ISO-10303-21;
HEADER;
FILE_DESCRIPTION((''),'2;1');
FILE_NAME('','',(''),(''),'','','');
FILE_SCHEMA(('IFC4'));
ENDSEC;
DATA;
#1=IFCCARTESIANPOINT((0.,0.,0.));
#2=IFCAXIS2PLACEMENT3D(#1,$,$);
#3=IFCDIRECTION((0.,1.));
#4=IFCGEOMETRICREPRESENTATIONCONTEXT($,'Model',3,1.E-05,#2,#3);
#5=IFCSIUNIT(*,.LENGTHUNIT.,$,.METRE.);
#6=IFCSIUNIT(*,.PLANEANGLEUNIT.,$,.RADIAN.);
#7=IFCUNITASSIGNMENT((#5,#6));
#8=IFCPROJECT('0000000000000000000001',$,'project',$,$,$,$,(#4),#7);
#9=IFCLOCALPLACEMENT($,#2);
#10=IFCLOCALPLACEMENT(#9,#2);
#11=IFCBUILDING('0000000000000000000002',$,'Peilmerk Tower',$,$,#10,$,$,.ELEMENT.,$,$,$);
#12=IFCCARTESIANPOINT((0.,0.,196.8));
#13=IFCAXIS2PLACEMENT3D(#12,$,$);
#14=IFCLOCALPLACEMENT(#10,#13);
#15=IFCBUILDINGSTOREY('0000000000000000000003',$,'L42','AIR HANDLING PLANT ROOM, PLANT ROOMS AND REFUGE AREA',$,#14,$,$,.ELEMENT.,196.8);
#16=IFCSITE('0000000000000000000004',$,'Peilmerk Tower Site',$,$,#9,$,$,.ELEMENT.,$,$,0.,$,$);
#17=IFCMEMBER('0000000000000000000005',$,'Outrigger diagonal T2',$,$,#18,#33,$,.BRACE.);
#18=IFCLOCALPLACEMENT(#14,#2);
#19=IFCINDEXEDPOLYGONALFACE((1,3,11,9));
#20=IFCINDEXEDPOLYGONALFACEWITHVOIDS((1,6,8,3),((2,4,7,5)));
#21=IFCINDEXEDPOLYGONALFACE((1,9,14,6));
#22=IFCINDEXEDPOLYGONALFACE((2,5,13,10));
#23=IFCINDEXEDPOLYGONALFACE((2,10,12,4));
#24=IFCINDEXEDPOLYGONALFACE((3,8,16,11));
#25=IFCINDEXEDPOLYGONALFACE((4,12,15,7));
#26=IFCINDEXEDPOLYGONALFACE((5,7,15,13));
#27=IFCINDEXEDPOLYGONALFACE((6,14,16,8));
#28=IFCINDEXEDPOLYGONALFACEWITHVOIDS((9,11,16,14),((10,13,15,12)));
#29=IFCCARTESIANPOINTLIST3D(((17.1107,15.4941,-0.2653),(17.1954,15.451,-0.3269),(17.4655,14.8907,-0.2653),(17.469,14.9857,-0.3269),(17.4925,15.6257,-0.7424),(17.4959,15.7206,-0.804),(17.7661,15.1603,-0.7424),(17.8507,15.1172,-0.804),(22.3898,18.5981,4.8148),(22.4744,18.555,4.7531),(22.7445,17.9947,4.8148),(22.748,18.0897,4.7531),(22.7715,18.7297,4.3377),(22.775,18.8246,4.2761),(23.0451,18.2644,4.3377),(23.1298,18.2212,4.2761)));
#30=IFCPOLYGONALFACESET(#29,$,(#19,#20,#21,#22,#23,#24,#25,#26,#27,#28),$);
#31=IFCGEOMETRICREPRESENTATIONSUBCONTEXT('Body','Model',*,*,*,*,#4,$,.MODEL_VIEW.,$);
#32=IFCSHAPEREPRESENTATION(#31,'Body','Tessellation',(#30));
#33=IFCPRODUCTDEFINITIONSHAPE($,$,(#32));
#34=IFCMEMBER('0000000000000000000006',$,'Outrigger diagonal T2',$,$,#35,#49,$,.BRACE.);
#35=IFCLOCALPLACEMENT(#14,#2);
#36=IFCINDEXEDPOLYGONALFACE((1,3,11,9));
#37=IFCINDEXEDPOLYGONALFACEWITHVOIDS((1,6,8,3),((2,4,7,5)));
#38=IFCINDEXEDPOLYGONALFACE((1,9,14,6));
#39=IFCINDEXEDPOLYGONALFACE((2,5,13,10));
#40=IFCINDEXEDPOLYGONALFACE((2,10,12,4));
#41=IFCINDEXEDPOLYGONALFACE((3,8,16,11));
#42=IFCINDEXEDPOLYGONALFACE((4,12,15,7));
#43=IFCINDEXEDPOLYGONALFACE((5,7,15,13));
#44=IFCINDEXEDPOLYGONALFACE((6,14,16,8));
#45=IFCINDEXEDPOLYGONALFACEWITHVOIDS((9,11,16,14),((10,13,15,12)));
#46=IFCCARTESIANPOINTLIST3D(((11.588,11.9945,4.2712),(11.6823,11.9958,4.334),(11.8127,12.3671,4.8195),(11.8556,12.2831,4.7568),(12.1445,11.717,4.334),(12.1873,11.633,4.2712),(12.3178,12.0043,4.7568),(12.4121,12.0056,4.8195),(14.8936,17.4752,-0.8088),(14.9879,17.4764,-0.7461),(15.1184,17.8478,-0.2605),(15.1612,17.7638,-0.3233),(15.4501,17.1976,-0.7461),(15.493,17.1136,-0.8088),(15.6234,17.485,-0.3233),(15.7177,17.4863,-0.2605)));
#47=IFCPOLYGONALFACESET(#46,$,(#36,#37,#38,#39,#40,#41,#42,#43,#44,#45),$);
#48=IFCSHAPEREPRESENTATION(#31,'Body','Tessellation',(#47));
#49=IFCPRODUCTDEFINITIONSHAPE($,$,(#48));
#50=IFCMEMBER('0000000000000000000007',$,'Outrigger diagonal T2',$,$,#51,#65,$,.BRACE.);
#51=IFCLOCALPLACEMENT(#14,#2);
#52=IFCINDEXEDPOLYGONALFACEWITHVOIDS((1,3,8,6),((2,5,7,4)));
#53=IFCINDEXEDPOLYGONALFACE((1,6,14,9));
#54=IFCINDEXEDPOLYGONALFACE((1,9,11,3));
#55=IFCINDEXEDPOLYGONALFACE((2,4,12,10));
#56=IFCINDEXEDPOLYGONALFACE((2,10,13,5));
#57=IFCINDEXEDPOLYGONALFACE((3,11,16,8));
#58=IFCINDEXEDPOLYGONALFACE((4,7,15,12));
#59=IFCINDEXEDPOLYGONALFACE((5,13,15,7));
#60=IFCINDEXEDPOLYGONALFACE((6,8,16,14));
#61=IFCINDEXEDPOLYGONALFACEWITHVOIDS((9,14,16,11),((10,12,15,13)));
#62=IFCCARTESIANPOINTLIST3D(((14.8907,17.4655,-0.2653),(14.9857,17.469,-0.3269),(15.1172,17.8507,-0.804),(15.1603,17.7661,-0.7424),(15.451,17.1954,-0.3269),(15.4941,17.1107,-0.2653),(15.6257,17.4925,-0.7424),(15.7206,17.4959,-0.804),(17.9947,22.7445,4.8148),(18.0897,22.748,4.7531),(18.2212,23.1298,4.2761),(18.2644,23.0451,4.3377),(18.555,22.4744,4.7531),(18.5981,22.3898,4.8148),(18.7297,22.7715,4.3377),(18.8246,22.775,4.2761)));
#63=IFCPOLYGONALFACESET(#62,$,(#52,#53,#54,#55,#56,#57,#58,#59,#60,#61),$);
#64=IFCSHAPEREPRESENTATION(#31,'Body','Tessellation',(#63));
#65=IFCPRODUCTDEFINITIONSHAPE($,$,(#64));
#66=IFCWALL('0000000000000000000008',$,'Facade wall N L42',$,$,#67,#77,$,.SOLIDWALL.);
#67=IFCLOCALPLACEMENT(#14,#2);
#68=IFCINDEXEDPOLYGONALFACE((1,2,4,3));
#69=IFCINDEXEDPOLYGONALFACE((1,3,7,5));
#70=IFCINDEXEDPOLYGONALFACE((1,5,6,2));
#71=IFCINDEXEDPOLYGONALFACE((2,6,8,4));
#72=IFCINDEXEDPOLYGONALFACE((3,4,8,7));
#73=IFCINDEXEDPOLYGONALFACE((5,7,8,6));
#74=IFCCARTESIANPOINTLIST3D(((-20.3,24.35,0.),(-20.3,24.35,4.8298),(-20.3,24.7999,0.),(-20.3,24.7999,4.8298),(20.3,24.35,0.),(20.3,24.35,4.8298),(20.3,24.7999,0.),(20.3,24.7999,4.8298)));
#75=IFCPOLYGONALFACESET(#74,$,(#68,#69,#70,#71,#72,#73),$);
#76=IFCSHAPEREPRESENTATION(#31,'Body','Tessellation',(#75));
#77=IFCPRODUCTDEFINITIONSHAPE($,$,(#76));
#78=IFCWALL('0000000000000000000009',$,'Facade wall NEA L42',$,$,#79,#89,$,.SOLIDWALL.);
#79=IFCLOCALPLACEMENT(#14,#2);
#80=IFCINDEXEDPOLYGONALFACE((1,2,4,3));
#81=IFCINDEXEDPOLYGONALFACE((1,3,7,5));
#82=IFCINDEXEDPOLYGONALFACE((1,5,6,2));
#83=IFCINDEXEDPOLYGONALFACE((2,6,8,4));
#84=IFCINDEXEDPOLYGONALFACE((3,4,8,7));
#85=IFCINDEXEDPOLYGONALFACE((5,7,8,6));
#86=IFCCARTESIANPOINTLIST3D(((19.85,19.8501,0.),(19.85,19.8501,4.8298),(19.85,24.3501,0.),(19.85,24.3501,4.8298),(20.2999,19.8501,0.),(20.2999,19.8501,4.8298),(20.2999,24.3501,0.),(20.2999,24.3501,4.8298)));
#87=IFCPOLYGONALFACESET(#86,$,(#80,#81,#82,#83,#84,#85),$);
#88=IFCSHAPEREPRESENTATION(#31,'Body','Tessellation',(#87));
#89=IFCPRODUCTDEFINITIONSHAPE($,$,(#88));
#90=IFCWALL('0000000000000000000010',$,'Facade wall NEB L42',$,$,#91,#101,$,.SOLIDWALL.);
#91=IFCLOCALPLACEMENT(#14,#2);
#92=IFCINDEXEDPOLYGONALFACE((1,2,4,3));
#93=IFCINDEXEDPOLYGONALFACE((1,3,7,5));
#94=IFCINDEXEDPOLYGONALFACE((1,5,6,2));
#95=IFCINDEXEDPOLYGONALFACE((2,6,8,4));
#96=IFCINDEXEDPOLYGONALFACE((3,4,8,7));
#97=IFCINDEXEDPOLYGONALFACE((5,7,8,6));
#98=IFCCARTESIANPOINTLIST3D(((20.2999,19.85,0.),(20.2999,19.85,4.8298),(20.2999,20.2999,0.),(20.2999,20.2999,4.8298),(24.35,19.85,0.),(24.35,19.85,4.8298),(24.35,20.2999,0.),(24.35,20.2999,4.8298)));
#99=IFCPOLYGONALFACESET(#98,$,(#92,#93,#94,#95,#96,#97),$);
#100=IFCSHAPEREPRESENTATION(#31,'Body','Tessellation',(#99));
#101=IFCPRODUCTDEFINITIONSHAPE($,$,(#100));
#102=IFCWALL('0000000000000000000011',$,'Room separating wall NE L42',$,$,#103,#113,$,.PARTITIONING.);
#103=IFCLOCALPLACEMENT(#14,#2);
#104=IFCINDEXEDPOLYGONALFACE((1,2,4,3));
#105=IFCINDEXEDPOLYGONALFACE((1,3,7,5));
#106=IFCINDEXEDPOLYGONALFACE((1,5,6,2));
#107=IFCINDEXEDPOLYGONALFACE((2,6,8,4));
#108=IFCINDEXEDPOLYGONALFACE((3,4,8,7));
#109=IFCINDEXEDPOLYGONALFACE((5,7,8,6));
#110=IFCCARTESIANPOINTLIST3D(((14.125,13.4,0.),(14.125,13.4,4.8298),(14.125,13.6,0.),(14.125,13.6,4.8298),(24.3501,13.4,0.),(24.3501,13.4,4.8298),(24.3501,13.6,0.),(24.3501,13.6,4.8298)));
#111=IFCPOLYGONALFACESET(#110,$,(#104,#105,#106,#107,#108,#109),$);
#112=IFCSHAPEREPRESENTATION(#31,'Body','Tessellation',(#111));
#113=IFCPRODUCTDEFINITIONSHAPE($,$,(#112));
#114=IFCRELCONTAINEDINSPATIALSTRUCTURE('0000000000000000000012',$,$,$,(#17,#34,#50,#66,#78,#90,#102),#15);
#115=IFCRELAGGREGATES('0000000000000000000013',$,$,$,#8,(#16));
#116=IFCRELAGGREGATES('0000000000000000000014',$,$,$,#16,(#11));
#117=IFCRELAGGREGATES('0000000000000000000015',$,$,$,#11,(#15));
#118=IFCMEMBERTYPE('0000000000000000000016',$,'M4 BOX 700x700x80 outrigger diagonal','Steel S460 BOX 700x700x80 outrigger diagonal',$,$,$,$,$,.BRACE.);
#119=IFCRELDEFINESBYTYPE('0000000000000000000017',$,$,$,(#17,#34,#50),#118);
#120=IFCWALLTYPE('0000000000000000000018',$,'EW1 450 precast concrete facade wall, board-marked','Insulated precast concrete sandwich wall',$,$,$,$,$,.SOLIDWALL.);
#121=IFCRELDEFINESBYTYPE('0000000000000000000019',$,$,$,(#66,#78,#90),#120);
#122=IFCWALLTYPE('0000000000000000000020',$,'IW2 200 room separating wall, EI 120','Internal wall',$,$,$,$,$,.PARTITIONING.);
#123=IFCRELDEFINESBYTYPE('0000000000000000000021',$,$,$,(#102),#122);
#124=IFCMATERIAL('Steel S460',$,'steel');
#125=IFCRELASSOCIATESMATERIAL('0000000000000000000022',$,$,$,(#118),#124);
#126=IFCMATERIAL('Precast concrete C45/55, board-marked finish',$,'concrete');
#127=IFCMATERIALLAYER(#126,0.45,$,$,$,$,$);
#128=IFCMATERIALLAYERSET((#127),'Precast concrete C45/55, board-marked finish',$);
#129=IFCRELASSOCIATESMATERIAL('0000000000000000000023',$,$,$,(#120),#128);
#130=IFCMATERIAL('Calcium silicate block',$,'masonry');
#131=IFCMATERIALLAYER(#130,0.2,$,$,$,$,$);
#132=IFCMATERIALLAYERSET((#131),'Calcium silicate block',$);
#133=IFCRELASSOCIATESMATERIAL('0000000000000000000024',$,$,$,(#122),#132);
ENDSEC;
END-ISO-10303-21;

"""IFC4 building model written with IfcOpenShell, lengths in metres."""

from ifc_helpers import new_model, si_unit, direction, frame, frame_2d, origin, origin_2d, place, context, subcontext, project, spatial, rectangle, hollow_rectangle, extrude, material, layer, layer_set, material_profile, profile_set, type_object, element, save


model = new_model("IFC4")

# Units and contexts
model_context = context("Model", 3, precision=1e-05, world=origin(), true_north=direction((0.0, 1.0)))
body_context = subcontext(model_context, "Body", "Model", "MODEL_VIEW")
ifc_project = project(units=[si_unit("LENGTHUNIT", "METRE"), si_unit("PLANEANGLEUNIT", "RADIAN")], contexts=[model_context])

# Site, building, storey
site_placement = place(None, origin())
site = spatial("IfcSite", under=ifc_project, at=site_placement, Name="Peilmerk Tower Site", CompositionType="ELEMENT", RefElevation=0.0)
building_placement = place(site_placement, origin())
building = spatial("IfcBuilding", under=site, at=building_placement, Name="Peilmerk Tower", CompositionType="ELEMENT")
storey_placement = place(building_placement, frame((0.0, 0.0, 196.8)))
storey = spatial("IfcBuildingStorey", under=building, at=storey_placement, Name="L42", Description="AIR HANDLING PLANT ROOM, PLANT ROOMS AND REFUGE AREA", CompositionType="ELEMENT", Elevation=196.8)

# Shared definitions
ifc_material_1 = material(Name="Steel S460", Category="steel")

# Members
ifc_material_profile_1 = material_profile(ifc_material_1, hollow_rectangle(XDim=0.7, YDim=0.7, WallThickness=0.0801, at=origin_2d()), Name="BOX 700x700x80")
ifc_profile_set_1 = profile_set([ifc_material_profile_1], Name="Steel S460")
member_type_1 = type_object("IfcMemberType", Name="M4 BOX 700x700x80 outrigger diagonal", Description="Steel S460 BOX 700x700x80 outrigger diagonal", PredefinedType="BRACE", material=ifc_profile_set_1)
member_1_placement = place(storey_placement, frame((17.4807, 15.3057, -0.5347), z_axis=(0.663466, 0.390108, 0.638459), x_axis=(-0.50686, 0.862028, 0.0)))
element("IfcMember", 1, at=member_1_placement, inside=storey, type_object=member_type_1, Name="Outrigger diagonal T2", PredefinedType="BRACE", context=body_context, shape_type="SweptSolid", body=[
    extrude(hollow_rectangle(XDim=0.7, YDim=0.7, WallThickness=0.0801, at=origin_2d()), origin(), (0.0, 0.0, 1.0), 7.9568),
])
member_2_placement = place(storey_placement, frame((15.3057, 17.4807, -0.5347), z_axis=(-0.404538, -0.670714, 0.621685), x_axis=(0.856303, -0.516475, 0.0)))
element("IfcMember", 2, at=member_2_placement, inside=storey, type_object=member_type_1, Name="Outrigger diagonal T2", PredefinedType="BRACE", context=body_context, shape_type="SweptSolid", body=[
    extrude(hollow_rectangle(XDim=0.7, YDim=0.7, WallThickness=0.0801, at=origin_2d()), origin(), (0.0, 0.0, 1.0), 8.1714),
])
member_3_placement = place(storey_placement, frame((15.3057, 17.4807, -0.5347), z_axis=(0.390108, 0.663466, 0.638459), x_axis=(-0.862028, 0.50686, 0.0)))
element("IfcMember", 3, at=member_3_placement, inside=storey, type_object=member_type_1, Name="Outrigger diagonal T2", PredefinedType="BRACE", context=body_context, shape_type="SweptSolid", body=[
    extrude(hollow_rectangle(XDim=0.7, YDim=0.7, WallThickness=0.0801, at=origin_2d()), origin(), (0.0, 0.0, 1.0), 7.9568),
])

# Walls
ifc_material_2 = material(Name="Precast concrete C45/55, board-marked finish", Category="concrete")
ifc_layer_1 = layer(ifc_material_2, 0.45)
ifc_layer_set_1 = layer_set([ifc_layer_1], Name="Precast concrete C45/55, board-marked finish")
wall_type_1 = type_object("IfcWallType", Name="EW1 450 precast concrete facade wall, board-marked", Description="Insulated precast concrete sandwich wall", PredefinedType="SOLIDWALL", material=ifc_layer_set_1)
wall_1_placement = place(storey_placement, frame((20.3, 24.575, 0.0), z_axis=(0.0, 0.0, 1.0), x_axis=(-1.0, 0.0, 0.0)))
element("IfcWall", 4, at=wall_1_placement, inside=storey, type_object=wall_type_1, Name="Facade wall N L42", PredefinedType="SOLIDWALL", context=body_context, shape_type="SweptSolid", body=[
    extrude(rectangle(XDim=40.6001, YDim=0.45, at=frame_2d((20.3, 0.0))), origin(), (0.0, 0.0, 1.0), 4.8298),
])
wall_2_placement = place(storey_placement, frame((20.075, 19.8501, 0.0), z_axis=(0.0, 0.0, 1.0), x_axis=(0.0, 1.0, 0.0)))
element("IfcWall", 5, at=wall_2_placement, inside=storey, type_object=wall_type_1, Name="Facade wall NEA L42", PredefinedType="SOLIDWALL", context=body_context, shape_type="SweptSolid", body=[
    extrude(rectangle(XDim=4.5, YDim=0.45, at=frame_2d((2.25, 0.0))), origin(), (0.0, 0.0, 1.0), 4.8298),
])
wall_3_placement = place(storey_placement, frame((20.3, 20.075, 0.0), z_axis=(0.0, 0.0, 1.0), x_axis=(1.0, 0.0, 0.0)))
element("IfcWall", 6, at=wall_3_placement, inside=storey, type_object=wall_type_1, Name="Facade wall NEB L42", PredefinedType="SOLIDWALL", context=body_context, shape_type="SweptSolid", body=[
    extrude(rectangle(XDim=4.05, YDim=0.45, at=frame_2d((2.0249, 0.0))), origin(), (0.0, 0.0, 1.0), 4.8298),
])
ifc_material_3 = material(Name="Calcium silicate block", Category="masonry")
ifc_layer_2 = layer(ifc_material_3, 0.2)
ifc_layer_set_2 = layer_set([ifc_layer_2], Name="Calcium silicate block")
wall_type_2 = type_object("IfcWallType", Name="IW2 200 room separating wall, EI 120", Description="Internal wall", PredefinedType="PARTITIONING", material=ifc_layer_set_2)
wall_4_placement = place(storey_placement, frame((14.125, 13.5, 0.0), z_axis=(0.0, 0.0, 1.0), x_axis=(1.0, 0.0, 0.0)))
element("IfcWall", 7, at=wall_4_placement, inside=storey, type_object=wall_type_2, Name="Room separating wall NE L42", PredefinedType="PARTITIONING", context=body_context, shape_type="SweptSolid", body=[
    extrude(rectangle(XDim=10.2251, YDim=0.2, at=frame_2d((5.1125, 0.0))), origin(), (0.0, 0.0, 1.0), 4.8298),
])

save(model, "model.ifc")
